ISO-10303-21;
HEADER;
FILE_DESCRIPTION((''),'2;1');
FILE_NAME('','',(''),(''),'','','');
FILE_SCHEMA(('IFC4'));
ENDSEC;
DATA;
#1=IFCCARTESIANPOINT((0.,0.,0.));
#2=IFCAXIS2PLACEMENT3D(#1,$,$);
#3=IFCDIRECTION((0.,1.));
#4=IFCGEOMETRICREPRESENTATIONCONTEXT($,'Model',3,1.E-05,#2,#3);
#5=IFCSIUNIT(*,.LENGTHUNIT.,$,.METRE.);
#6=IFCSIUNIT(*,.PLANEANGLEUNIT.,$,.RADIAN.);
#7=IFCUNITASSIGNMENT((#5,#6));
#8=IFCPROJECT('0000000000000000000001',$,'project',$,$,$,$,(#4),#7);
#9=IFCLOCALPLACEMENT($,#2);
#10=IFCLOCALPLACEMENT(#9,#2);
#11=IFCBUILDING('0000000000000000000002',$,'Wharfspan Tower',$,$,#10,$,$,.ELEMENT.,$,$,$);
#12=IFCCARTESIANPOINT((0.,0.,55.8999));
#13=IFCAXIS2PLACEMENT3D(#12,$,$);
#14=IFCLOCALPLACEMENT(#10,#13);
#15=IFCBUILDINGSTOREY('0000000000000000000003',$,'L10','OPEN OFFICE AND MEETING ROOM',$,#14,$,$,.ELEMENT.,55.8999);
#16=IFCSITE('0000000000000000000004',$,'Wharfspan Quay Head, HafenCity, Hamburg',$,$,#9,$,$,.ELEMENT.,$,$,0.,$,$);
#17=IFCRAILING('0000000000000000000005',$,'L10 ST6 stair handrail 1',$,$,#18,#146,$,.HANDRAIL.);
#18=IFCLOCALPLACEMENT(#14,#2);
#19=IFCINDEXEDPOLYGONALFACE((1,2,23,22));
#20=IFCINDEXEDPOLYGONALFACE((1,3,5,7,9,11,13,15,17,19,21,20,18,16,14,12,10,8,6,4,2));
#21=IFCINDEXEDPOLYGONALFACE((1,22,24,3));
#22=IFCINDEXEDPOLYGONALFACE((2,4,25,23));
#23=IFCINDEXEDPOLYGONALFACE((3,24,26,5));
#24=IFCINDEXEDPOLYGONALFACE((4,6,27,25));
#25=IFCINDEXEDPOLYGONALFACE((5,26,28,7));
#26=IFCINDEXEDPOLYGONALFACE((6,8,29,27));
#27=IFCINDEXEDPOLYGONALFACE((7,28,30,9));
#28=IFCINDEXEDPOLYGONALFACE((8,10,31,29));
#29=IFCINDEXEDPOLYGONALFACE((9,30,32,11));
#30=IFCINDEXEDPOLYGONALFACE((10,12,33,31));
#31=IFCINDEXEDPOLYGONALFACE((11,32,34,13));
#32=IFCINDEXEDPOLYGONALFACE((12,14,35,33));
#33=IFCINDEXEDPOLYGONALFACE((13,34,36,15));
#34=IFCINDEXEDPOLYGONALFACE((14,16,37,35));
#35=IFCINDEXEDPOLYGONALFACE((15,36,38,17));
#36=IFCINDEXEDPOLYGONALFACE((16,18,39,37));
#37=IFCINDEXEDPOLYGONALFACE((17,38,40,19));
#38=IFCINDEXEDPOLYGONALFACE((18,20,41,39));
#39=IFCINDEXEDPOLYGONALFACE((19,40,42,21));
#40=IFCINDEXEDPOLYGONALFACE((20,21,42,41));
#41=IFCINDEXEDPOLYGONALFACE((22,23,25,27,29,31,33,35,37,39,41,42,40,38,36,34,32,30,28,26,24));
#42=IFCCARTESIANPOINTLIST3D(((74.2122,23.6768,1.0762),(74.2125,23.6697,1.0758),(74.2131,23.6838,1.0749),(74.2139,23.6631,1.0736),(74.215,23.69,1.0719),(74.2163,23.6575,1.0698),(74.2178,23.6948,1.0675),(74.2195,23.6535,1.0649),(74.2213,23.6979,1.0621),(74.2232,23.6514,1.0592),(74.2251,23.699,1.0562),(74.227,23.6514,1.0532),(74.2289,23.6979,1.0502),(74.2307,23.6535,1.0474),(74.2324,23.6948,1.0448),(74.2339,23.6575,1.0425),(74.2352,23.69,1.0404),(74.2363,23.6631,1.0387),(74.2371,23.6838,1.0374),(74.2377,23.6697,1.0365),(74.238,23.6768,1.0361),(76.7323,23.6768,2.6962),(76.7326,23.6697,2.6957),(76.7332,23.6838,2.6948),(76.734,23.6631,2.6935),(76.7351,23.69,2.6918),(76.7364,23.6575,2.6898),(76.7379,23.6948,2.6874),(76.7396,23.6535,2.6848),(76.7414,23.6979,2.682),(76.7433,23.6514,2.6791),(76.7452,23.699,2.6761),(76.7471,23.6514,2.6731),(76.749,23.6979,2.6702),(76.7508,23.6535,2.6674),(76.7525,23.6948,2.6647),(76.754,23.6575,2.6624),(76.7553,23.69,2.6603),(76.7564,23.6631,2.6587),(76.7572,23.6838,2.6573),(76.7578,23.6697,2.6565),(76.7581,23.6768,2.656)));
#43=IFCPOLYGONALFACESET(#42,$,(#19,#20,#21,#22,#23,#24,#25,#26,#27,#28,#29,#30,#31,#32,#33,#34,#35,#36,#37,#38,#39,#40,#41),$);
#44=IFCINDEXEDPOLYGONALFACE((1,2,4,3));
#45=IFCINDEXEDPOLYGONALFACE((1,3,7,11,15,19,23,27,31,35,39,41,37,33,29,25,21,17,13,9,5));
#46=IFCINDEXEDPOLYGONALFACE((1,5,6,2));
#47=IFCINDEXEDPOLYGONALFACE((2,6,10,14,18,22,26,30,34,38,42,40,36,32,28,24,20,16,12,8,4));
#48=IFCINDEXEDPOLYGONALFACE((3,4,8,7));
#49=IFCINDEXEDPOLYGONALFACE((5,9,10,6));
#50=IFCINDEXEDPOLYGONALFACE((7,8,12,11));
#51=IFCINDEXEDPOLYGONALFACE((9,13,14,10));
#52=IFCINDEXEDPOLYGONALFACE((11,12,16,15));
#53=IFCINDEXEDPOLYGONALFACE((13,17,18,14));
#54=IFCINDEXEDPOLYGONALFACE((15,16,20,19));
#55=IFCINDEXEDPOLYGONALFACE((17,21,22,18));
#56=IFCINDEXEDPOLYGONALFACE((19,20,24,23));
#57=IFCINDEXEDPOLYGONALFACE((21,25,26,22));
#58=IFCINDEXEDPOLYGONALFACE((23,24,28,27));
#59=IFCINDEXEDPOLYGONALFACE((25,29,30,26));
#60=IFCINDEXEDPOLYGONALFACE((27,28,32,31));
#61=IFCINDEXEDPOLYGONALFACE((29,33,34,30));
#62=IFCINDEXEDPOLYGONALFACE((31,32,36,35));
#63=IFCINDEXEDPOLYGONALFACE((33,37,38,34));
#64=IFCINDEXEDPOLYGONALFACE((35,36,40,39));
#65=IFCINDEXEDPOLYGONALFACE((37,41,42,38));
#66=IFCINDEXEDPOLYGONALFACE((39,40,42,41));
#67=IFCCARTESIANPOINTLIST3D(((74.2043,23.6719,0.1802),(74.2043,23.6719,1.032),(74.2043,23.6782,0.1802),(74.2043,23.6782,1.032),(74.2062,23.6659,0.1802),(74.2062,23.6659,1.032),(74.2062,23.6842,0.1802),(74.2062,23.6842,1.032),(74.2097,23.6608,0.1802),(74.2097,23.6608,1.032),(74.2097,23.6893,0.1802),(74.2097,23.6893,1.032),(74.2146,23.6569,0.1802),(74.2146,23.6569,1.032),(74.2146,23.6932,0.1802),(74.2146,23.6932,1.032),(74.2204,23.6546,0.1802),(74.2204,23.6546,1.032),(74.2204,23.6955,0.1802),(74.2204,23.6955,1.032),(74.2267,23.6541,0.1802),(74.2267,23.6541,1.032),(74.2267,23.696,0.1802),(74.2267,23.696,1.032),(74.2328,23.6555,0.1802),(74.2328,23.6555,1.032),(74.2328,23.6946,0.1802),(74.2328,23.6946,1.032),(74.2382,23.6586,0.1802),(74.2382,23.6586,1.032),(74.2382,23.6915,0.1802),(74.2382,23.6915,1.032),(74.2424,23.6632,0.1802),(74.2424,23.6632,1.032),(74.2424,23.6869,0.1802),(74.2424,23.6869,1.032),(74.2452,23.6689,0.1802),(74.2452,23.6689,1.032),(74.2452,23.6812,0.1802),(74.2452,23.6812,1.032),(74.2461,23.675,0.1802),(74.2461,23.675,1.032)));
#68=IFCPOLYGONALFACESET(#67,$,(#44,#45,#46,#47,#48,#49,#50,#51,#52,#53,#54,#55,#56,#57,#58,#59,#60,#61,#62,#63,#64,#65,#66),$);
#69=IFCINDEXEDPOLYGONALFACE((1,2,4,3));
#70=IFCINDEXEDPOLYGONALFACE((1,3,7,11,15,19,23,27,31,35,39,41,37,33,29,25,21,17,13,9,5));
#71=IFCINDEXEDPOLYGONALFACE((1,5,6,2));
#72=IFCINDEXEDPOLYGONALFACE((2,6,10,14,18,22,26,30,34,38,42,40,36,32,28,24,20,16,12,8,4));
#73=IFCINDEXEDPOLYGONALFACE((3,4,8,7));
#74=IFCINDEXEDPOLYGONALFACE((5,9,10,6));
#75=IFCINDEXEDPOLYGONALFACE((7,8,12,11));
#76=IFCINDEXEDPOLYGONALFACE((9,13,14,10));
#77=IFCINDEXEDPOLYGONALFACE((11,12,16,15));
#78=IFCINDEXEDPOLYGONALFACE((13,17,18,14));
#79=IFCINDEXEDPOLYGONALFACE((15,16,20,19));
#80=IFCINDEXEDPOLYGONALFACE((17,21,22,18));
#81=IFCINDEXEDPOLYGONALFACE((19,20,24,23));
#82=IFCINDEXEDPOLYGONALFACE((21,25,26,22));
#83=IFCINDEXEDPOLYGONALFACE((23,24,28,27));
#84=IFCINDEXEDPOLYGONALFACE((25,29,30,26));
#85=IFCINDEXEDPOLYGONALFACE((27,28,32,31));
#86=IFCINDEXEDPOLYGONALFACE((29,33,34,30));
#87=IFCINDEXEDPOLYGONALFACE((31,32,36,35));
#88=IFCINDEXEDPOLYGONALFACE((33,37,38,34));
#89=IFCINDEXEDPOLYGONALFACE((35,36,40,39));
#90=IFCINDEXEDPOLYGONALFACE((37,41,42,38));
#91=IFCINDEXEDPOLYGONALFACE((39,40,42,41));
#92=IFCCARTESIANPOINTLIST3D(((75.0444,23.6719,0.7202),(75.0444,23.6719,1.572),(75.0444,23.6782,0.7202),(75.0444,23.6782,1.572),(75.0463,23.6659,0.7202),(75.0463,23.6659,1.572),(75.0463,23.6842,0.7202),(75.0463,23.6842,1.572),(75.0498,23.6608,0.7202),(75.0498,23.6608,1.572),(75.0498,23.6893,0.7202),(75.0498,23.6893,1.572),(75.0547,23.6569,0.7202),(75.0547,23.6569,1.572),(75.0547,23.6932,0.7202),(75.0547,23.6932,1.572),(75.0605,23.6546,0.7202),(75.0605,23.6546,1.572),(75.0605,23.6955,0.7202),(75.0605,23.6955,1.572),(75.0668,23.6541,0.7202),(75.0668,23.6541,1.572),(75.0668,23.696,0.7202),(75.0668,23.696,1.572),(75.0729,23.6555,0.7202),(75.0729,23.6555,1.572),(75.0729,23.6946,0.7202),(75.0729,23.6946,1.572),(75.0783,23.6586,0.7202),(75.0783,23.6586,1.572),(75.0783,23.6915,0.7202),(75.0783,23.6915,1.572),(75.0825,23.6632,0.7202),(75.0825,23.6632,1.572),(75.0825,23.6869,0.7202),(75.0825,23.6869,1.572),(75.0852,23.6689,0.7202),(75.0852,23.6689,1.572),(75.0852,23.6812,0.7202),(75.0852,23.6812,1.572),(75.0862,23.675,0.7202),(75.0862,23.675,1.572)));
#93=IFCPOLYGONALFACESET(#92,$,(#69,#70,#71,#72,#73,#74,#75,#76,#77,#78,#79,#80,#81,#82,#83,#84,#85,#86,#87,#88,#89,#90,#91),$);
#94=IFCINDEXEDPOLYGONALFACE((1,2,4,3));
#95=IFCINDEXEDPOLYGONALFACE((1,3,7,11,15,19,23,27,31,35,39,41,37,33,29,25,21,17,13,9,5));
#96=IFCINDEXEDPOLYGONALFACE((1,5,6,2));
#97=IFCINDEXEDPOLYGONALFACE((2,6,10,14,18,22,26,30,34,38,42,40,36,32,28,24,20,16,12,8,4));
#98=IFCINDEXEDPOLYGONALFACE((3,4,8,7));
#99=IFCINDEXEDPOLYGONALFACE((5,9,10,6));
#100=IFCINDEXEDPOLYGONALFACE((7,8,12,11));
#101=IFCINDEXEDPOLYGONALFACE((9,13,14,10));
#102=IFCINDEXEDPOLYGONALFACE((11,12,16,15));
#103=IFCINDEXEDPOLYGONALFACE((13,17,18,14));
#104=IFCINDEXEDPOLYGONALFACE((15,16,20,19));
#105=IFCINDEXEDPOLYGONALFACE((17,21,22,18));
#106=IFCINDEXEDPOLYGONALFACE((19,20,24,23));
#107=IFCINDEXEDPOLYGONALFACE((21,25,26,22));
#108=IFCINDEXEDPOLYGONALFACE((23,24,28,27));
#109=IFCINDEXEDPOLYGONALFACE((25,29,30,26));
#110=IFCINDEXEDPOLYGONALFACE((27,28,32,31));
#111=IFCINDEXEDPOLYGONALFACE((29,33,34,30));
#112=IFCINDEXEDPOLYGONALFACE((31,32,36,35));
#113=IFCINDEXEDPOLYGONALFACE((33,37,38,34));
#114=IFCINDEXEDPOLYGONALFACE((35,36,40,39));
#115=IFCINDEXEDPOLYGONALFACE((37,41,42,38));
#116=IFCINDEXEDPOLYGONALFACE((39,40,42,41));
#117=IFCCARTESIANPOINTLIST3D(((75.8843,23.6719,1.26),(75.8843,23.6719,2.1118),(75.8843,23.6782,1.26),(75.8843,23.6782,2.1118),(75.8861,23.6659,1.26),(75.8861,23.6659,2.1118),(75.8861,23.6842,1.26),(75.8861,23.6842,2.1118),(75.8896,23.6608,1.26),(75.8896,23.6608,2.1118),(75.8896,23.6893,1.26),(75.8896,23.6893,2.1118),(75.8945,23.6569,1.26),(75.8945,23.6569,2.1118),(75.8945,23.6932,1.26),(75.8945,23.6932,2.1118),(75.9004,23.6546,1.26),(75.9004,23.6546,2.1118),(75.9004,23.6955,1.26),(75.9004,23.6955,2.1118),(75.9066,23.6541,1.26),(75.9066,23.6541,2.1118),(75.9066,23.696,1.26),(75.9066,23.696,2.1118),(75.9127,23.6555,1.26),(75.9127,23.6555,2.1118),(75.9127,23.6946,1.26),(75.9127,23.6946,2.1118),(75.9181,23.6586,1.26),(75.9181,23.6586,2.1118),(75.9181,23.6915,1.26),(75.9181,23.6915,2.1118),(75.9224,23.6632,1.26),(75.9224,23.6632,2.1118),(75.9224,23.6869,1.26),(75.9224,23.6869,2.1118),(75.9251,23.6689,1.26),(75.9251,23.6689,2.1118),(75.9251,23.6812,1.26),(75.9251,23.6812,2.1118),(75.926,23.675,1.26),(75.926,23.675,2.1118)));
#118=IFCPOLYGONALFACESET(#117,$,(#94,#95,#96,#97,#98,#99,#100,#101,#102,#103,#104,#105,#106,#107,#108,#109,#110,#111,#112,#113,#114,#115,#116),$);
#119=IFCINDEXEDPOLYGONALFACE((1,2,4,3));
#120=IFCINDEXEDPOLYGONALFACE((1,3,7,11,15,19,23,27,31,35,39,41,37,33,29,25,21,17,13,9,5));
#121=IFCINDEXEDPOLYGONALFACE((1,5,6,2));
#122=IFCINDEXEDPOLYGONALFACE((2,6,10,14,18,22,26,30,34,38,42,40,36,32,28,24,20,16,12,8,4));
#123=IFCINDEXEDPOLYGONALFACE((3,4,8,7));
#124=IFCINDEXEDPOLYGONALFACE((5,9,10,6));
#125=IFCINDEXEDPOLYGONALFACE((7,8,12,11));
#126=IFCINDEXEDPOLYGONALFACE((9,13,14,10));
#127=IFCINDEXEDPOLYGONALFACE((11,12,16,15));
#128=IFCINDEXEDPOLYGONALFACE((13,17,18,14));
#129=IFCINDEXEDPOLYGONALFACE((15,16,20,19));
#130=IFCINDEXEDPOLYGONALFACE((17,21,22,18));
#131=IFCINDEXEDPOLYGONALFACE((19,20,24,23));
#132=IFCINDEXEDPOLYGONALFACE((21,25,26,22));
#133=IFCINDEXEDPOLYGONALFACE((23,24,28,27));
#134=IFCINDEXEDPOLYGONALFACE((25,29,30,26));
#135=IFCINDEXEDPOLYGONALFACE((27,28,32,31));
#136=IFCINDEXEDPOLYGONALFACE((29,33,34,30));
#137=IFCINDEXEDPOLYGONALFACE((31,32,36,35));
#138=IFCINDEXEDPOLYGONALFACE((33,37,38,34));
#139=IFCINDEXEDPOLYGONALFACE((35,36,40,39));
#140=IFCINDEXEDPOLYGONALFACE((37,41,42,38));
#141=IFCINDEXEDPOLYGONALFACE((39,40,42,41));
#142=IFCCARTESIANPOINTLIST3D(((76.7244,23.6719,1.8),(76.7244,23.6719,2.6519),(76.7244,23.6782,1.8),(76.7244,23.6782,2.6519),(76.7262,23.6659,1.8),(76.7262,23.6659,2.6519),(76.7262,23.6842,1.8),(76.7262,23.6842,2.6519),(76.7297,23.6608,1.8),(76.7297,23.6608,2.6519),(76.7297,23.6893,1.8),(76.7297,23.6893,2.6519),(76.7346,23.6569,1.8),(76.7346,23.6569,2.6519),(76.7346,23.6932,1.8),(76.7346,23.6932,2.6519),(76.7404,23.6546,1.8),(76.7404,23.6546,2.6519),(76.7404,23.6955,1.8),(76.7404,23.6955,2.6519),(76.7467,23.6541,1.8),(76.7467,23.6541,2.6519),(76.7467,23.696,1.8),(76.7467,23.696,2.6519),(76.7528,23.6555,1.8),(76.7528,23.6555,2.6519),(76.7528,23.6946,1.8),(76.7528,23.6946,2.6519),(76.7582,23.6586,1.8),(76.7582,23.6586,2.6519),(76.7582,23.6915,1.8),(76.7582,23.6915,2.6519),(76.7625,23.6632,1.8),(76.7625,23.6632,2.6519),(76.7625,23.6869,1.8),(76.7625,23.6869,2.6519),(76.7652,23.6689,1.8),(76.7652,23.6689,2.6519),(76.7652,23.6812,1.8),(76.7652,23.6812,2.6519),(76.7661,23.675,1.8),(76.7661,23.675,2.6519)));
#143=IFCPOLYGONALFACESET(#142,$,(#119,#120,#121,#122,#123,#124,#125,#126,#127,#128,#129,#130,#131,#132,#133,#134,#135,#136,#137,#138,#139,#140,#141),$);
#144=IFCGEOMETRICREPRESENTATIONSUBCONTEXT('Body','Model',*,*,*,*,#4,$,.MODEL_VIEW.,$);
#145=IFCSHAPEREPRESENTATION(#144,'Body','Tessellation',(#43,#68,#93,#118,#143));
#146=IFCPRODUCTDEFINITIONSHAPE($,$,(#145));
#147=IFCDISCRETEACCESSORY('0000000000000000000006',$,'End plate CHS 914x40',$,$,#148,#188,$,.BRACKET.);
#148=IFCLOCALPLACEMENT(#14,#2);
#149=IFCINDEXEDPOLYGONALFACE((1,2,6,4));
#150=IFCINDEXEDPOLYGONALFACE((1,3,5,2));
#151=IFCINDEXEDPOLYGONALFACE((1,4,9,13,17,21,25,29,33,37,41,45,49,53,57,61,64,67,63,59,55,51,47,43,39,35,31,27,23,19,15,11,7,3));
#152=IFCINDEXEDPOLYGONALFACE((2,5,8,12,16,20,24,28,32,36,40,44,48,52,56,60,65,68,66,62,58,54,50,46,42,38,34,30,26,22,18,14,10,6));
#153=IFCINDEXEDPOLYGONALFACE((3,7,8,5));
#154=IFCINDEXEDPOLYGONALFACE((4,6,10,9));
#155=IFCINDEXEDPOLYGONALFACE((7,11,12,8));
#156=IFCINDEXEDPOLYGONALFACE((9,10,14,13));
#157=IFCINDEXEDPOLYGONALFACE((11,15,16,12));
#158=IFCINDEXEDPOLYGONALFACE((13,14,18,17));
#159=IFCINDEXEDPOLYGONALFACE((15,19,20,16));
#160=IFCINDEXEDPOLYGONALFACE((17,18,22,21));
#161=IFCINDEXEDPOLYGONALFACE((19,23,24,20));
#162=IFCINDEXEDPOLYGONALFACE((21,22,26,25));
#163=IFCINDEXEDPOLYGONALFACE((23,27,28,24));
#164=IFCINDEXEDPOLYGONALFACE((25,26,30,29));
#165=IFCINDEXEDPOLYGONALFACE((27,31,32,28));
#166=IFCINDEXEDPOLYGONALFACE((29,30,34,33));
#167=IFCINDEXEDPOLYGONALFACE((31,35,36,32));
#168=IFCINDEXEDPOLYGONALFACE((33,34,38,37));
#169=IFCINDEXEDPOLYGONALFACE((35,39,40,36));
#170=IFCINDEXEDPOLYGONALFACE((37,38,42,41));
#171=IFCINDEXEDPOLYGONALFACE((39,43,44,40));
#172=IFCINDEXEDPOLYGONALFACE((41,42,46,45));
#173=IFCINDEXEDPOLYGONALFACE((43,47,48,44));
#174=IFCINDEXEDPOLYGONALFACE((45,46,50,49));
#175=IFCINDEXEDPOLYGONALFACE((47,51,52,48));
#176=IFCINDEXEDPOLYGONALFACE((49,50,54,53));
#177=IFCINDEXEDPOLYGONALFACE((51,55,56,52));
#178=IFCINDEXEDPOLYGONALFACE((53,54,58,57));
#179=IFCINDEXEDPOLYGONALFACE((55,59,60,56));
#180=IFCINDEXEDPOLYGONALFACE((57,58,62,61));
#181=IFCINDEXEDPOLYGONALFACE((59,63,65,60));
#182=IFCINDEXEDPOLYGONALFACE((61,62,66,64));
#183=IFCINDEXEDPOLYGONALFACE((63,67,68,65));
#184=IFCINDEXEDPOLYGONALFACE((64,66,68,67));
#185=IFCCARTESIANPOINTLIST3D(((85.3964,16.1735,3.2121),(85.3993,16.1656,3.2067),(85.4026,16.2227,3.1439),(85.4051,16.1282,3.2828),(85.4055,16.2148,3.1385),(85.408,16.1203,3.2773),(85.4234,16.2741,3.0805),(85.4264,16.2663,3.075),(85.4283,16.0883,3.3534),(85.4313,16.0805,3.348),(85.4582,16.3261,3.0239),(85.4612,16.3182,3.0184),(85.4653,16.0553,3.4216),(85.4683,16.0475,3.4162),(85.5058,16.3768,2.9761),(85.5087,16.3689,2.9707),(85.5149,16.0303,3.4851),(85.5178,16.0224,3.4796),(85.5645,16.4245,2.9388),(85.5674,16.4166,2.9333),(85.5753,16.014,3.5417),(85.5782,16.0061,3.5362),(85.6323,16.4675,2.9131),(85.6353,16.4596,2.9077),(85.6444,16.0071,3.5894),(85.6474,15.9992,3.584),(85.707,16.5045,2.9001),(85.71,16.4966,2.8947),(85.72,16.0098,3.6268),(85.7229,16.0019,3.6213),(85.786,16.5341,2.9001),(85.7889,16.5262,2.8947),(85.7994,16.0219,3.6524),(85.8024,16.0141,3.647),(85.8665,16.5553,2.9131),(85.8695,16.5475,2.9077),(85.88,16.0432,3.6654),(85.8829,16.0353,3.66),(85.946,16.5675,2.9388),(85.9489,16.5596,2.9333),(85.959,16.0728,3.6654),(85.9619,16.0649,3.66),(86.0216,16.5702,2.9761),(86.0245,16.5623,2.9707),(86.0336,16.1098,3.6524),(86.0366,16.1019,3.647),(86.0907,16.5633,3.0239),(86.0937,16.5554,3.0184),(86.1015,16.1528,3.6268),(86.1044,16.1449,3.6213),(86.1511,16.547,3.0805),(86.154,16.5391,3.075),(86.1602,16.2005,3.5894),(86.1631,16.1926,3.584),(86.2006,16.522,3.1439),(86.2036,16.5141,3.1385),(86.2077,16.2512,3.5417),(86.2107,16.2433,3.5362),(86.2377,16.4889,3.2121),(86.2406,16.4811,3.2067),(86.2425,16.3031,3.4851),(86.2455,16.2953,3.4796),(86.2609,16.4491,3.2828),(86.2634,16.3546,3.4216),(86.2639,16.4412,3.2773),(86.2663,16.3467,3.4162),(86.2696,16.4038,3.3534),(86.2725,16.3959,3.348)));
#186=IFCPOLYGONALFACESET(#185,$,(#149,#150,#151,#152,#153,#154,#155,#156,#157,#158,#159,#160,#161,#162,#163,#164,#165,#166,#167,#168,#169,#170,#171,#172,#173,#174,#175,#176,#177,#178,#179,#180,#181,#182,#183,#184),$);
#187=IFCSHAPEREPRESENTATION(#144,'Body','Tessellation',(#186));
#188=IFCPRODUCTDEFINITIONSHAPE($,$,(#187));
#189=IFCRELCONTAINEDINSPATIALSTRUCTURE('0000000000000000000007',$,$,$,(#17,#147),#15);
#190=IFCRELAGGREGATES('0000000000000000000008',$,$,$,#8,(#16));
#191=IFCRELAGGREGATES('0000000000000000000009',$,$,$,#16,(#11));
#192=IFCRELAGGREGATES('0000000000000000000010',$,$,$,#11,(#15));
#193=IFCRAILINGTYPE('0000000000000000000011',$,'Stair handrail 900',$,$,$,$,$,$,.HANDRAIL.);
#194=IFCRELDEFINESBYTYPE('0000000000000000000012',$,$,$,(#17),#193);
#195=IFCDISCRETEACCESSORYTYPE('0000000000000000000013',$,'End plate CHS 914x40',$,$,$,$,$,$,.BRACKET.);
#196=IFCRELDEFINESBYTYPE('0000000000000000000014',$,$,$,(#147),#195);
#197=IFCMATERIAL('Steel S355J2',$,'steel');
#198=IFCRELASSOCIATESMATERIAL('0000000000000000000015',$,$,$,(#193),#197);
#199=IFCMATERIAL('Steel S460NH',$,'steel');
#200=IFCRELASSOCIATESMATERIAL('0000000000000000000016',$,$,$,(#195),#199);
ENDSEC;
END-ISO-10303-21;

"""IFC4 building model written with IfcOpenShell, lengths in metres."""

from ifc_helpers import new_model, si_unit, direction, frame, origin, origin_2d, place, context, subcontext, project, spatial, circle, extrude, material, material_profile, profile_set, type_object, element, save


model = new_model("IFC4")

# Units and contexts
model_context = context("Model", 3, precision=1e-05, world=origin(), true_north=direction((0.0, 1.0)))
body_context = subcontext(model_context, "Body", "Model", "MODEL_VIEW")
ifc_project = project(units=[si_unit("LENGTHUNIT", "METRE"), si_unit("PLANEANGLEUNIT", "RADIAN")], contexts=[model_context])

# Site, building, storey
site_placement = place(None, origin())
site = spatial("IfcSite", under=ifc_project, at=site_placement, Name="Wharfspan Quay Head, HafenCity, Hamburg", CompositionType="ELEMENT", RefElevation=0.0)
building_placement = place(site_placement, origin())
building = spatial("IfcBuilding", under=site, at=building_placement, Name="Wharfspan Tower", CompositionType="ELEMENT")
storey_placement = place(building_placement, frame((0.0, 0.0, 55.8999)))
storey = spatial("IfcBuildingStorey", under=building, at=storey_placement, Name="L10", Description="OPEN OFFICE AND MEETING ROOM", CompositionType="ELEMENT", Elevation=55.8999)

# Shared definitions
ifc_material_1 = material(Name="Steel S355J2", Category="steel")

# Shared definitions
ifc_material_2 = material(Name="Steel S460NH", Category="steel")

# Railing
railing_type = type_object("IfcRailingType", Name="Stair handrail 900", PredefinedType="HANDRAIL", material=ifc_material_1)
railing_placement = place(storey_placement, frame((74.2251, 23.675, 0.1802)))
element("IfcRailing", 1, at=railing_placement, inside=storey, type_object=railing_type, Name="L10 ST6 stair handrail 1", PredefinedType="HANDRAIL", context=body_context, shape_type="SweptSolid", body=[
    extrude(circle(Radius=0.0239, at=origin_2d()), frame((0.0, 0.0, 0.876), z_axis=(0.8412, 0.0, 0.540725), x_axis=(0.0, 1.0, 0.0)), (0.0, 0.0, 1.0), 2.9958),
    extrude(circle(Radius=0.021, at=origin_2d()), origin(), (0.0, 0.0, 1.0), 0.8518),
    extrude(circle(Radius=0.021, at=origin_2d()), frame((0.8401, 0.0, 0.54)), (0.0, 0.0, 1.0), 0.8518),
    extrude(circle(Radius=0.021, at=origin_2d()), frame((1.6799, 0.0, 1.0798)), (0.0, 0.0, 1.0), 0.8518),
    extrude(circle(Radius=0.021, at=origin_2d()), frame((2.52, 0.0, 1.6199)), (0.0, 0.0, 1.0), 0.8518),
])

# Discrete accessory
ifc_material_profile_1 = material_profile(ifc_material_2, circle(Radius=0.457, at=origin_2d()))
ifc_profile_set_1 = profile_set([ifc_material_profile_1], Name="Steel S460NH")
discrete_accessory_type = type_object("IfcDiscreteAccessoryType", Name="End plate CHS 914x40", PredefinedType="BRACKET", material=ifc_profile_set_1)
for number, where, z_axis, x_axis, name in (
    (2, (85.8359, 16.2808, 3.2773), (-0.295241, 0.787309, 0.541275), (-0.936333, -0.351125, 0.0), "End plate CHS 914x40"),
):
    element("IfcDiscreteAccessory", number, at=place(storey_placement, frame(where, z_axis=z_axis, x_axis=x_axis)), inside=storey, type_object=discrete_accessory_type, Name=name, PredefinedType="BRACKET", context=body_context, shape_type="SweptSolid", body=[
        extrude(circle(Radius=0.457, at=origin_2d()), origin(), (0.0, 0.0, 1.0), 0.01),
    ])

save(model, "model.ifc")
